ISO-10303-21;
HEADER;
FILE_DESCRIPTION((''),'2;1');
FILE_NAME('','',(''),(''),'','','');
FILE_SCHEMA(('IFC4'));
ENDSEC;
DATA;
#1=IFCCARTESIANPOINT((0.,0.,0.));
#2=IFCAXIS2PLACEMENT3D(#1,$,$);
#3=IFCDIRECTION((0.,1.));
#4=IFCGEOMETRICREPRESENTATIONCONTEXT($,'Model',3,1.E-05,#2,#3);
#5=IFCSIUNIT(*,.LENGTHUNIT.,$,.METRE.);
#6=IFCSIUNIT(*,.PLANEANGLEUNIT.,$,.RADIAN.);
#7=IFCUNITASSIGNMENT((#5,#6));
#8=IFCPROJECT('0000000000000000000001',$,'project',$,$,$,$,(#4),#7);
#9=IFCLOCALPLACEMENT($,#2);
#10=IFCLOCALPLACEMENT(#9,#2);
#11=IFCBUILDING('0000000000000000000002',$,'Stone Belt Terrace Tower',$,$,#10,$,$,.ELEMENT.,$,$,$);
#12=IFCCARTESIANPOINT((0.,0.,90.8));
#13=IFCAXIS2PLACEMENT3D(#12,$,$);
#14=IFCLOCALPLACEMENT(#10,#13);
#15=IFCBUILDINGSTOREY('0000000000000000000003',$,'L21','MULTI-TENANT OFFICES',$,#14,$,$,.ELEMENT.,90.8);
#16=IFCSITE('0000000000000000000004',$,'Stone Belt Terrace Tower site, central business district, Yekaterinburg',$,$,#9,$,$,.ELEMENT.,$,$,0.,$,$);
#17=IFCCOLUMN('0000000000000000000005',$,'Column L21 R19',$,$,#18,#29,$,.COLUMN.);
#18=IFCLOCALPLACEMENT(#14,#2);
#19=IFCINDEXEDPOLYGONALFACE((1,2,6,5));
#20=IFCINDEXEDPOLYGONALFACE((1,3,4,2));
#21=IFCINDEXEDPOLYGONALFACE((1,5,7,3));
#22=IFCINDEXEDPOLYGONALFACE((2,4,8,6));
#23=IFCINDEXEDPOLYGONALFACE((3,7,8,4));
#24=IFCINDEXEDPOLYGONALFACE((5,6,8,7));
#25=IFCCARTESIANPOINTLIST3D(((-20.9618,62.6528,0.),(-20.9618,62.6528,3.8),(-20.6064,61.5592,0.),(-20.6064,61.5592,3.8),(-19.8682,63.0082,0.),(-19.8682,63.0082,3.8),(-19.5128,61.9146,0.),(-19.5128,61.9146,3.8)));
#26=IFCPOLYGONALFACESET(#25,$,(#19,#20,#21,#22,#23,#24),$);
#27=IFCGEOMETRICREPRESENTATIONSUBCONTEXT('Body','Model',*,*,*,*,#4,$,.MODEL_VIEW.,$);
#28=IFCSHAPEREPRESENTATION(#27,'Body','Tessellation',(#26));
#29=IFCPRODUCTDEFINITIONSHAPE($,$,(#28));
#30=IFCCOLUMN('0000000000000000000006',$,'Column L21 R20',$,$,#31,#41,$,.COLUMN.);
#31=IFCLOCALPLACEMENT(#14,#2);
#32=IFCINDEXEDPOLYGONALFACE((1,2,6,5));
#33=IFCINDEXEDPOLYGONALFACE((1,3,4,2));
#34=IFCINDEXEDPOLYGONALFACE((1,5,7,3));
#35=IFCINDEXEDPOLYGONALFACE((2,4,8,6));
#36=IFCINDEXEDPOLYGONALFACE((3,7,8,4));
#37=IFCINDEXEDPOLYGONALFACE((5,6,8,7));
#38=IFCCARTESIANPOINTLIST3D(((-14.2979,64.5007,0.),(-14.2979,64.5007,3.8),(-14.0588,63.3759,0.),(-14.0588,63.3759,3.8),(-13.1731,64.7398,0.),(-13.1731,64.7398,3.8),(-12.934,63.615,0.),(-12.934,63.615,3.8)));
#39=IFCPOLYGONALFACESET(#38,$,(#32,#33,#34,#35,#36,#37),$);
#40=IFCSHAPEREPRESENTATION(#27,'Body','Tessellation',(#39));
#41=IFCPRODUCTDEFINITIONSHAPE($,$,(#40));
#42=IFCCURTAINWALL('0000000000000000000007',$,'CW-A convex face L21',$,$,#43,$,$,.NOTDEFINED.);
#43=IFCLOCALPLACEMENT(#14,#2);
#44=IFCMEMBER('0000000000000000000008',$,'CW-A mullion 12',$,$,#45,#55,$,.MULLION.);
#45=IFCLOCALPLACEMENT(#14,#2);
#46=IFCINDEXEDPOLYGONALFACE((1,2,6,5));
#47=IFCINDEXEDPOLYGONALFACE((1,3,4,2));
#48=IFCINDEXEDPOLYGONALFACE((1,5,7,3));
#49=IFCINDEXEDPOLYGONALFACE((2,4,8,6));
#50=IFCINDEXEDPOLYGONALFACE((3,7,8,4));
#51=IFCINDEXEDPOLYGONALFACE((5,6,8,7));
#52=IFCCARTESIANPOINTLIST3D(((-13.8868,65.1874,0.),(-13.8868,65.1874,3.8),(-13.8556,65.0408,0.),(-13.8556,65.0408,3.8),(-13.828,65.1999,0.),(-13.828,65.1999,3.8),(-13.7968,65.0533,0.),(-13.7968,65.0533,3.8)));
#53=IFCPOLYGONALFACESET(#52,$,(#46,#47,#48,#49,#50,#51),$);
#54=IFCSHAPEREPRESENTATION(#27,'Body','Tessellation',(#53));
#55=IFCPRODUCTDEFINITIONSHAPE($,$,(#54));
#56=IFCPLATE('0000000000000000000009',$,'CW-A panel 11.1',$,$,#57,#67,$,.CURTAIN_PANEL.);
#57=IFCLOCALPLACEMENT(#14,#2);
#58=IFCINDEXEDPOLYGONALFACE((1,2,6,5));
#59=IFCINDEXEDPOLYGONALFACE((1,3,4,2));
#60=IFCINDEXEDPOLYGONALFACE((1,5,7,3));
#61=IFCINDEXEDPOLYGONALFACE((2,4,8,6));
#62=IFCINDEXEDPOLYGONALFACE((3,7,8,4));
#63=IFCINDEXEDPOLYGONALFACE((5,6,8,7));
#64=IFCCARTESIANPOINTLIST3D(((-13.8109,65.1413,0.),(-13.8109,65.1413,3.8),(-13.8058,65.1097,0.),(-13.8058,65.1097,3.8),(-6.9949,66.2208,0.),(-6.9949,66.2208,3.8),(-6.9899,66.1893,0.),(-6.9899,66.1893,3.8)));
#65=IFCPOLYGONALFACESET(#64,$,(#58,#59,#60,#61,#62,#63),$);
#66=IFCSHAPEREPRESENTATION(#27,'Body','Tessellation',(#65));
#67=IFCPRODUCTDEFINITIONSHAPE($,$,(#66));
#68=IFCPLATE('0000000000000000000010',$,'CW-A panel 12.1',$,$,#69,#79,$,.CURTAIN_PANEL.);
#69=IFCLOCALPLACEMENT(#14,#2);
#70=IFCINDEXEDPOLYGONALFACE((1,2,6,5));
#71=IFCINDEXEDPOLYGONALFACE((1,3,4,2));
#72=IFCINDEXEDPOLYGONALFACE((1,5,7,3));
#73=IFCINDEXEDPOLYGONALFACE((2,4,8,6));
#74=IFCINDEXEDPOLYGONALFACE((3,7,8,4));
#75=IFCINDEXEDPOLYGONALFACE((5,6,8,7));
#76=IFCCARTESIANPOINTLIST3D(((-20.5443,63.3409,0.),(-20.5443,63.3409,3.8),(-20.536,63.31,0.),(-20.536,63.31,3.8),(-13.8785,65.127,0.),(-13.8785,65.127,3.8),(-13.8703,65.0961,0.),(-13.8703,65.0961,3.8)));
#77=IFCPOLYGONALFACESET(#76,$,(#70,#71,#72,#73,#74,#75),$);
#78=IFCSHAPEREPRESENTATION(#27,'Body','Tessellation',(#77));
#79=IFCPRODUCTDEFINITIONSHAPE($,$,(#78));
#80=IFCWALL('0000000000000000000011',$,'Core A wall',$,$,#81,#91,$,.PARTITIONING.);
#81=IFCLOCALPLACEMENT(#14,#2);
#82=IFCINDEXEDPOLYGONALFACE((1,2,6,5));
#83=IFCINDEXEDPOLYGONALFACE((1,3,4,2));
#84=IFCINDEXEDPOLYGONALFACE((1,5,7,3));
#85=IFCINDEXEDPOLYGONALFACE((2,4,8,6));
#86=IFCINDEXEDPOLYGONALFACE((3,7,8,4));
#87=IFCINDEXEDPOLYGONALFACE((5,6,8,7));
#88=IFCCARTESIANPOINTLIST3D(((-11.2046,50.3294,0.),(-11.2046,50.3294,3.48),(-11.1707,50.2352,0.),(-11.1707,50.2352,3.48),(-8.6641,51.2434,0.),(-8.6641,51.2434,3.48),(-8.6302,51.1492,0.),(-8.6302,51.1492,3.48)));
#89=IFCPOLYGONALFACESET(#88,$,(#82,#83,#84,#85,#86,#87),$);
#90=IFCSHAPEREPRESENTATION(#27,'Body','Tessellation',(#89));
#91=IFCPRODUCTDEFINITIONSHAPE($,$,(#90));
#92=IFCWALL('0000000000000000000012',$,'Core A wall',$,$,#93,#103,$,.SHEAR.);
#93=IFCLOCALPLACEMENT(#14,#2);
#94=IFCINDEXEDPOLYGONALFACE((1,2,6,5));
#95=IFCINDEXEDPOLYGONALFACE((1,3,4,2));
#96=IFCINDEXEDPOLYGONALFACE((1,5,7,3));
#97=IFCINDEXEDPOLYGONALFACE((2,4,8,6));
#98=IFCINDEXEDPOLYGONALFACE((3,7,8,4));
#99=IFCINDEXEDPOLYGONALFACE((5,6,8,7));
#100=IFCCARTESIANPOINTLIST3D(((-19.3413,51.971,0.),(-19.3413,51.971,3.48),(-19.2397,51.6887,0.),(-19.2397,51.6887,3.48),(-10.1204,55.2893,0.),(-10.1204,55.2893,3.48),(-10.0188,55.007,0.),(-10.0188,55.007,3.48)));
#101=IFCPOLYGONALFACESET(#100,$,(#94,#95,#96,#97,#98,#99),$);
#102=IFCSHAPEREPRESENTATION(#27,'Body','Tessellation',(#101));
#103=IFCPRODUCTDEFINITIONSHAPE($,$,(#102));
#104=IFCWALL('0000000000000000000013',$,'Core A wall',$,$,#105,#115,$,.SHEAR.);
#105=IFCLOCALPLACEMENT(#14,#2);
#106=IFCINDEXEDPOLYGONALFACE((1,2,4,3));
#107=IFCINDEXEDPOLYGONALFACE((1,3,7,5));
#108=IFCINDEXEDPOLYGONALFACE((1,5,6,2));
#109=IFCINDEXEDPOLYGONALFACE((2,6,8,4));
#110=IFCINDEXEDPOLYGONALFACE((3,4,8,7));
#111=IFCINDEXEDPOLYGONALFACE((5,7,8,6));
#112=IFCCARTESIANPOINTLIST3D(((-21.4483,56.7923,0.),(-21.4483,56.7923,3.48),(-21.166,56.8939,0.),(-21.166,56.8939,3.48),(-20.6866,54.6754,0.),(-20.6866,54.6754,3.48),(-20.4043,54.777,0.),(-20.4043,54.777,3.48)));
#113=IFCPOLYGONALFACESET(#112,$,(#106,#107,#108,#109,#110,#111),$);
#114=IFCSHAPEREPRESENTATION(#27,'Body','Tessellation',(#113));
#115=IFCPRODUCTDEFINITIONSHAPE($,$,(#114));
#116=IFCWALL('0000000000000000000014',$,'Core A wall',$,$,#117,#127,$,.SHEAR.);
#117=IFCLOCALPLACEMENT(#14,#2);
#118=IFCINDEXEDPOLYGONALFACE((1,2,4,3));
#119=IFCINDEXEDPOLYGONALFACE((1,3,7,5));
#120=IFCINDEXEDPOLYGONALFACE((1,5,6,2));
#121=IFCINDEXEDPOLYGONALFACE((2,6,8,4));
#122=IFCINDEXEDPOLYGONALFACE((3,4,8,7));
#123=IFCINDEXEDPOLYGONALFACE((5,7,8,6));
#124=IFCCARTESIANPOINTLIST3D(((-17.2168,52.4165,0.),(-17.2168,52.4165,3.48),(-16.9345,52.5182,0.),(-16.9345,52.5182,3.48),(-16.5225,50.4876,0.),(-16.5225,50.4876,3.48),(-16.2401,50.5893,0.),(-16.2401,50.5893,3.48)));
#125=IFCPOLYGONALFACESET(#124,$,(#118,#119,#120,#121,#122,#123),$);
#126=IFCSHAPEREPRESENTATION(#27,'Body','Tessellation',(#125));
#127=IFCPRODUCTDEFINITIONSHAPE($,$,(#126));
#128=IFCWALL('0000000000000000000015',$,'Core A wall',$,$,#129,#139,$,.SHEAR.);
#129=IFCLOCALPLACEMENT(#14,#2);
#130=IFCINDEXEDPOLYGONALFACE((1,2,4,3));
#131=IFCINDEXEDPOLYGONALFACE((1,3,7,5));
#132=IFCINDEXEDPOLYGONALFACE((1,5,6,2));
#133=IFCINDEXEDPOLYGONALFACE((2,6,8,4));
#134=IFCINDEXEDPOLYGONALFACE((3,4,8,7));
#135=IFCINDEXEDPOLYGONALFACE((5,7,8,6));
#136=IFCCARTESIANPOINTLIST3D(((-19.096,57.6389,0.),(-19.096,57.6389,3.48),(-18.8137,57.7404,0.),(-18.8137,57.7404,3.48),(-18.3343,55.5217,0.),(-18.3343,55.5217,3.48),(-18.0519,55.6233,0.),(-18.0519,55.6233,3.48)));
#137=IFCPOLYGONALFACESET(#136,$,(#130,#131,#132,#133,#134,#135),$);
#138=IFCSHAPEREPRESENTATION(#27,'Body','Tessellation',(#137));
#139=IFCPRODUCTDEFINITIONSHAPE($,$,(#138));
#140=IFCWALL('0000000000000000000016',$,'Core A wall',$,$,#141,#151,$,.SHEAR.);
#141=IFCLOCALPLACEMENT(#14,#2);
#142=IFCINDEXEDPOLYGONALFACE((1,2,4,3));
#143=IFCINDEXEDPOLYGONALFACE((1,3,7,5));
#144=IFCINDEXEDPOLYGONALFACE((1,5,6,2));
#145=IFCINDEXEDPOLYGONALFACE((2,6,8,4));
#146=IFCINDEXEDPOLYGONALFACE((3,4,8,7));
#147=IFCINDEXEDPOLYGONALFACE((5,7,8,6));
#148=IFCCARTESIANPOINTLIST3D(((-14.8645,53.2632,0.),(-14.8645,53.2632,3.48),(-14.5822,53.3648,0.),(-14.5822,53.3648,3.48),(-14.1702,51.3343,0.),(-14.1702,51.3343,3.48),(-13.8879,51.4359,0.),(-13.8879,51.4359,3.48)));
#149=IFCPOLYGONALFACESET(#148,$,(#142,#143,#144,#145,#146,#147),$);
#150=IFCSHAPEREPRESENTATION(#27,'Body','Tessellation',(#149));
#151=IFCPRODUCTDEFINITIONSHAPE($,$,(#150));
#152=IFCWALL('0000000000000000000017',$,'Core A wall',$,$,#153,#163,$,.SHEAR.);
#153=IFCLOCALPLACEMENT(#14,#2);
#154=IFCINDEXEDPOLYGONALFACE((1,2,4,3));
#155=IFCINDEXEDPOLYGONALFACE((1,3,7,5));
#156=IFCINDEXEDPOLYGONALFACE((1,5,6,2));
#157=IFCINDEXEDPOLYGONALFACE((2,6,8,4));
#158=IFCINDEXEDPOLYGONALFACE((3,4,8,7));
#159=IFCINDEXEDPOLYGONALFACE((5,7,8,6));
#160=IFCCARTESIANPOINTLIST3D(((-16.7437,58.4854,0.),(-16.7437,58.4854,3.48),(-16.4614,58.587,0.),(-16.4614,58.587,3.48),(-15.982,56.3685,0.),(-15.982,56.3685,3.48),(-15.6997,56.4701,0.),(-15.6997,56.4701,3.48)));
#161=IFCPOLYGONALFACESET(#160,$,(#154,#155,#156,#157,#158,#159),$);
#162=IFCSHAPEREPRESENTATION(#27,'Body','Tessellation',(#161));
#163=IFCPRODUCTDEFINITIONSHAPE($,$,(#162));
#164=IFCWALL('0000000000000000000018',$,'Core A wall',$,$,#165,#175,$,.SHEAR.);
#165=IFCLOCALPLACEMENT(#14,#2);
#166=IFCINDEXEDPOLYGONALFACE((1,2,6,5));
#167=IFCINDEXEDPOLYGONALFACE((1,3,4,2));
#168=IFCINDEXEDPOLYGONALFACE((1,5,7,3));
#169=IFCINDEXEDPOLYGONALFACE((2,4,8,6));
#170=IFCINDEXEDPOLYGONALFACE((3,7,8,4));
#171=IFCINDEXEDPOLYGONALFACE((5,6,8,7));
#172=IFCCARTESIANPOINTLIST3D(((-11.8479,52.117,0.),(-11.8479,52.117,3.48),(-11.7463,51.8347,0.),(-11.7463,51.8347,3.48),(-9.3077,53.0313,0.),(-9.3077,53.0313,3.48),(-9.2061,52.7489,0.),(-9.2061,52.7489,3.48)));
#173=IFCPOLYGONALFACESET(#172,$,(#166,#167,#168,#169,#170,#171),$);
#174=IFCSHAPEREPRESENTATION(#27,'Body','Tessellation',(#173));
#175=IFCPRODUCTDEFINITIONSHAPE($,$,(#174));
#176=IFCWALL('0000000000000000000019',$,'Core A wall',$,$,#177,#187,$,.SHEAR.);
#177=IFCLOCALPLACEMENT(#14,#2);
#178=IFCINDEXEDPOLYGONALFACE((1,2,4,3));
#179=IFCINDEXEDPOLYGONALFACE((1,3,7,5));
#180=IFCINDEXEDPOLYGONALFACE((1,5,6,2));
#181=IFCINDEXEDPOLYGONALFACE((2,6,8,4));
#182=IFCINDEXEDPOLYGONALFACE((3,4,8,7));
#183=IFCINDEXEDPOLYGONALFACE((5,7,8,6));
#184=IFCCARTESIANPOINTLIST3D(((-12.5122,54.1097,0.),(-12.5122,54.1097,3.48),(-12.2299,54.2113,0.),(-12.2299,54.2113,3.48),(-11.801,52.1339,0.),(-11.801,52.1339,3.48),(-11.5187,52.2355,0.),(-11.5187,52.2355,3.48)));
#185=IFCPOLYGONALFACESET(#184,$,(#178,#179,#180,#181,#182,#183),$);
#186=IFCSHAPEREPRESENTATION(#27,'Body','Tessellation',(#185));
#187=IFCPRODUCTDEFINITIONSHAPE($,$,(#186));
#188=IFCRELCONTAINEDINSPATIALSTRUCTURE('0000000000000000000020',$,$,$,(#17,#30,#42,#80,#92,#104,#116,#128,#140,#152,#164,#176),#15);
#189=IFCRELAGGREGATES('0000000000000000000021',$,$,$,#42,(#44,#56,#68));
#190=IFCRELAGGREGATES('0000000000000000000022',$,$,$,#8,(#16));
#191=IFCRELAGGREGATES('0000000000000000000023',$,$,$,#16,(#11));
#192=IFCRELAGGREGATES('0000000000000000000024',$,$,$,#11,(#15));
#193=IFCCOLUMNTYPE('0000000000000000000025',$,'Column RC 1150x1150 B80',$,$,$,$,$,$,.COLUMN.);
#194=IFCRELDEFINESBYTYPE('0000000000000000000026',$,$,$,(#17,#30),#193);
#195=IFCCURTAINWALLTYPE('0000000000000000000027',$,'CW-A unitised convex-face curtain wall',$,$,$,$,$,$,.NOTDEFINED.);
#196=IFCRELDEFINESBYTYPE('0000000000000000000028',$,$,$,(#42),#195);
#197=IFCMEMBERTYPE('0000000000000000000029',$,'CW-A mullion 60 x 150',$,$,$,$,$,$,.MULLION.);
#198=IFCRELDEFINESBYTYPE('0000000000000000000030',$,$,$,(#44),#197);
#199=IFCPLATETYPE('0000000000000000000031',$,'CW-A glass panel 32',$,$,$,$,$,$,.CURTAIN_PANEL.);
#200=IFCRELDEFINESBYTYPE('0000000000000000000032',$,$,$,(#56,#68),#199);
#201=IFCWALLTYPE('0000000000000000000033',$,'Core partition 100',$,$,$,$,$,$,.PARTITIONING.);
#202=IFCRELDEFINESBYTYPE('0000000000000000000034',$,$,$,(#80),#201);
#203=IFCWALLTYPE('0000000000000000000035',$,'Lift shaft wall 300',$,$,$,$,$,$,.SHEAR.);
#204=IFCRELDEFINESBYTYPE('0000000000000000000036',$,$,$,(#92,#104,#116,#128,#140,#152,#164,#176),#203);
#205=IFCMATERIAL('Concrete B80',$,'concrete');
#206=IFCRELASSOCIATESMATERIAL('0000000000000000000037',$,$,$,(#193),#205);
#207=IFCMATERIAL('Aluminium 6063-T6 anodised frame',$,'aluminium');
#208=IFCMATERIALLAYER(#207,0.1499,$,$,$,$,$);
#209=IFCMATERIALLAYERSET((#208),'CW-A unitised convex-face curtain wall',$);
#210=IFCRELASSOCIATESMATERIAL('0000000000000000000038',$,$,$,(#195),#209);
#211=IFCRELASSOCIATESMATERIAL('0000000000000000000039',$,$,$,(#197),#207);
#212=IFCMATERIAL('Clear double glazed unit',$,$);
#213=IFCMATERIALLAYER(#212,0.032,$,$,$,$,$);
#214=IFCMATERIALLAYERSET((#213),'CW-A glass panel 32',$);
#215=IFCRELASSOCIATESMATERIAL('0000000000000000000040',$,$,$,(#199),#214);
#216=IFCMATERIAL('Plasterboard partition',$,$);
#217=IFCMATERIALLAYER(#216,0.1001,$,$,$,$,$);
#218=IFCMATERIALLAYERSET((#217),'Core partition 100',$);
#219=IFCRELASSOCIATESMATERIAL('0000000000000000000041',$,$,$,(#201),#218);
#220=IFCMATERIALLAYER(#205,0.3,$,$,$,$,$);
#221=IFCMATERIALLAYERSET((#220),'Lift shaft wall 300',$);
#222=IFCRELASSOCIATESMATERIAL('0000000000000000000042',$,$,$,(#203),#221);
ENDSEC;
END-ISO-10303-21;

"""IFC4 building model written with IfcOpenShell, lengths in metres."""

from ifc_helpers import new_model, si_unit, direction, frame, frame_2d, origin, origin_2d, place, context, subcontext, project, spatial, rectangle, extrude, material, layer, layer_set, material_profile, profile_set, type_object, element, aggregate, save


model = new_model("IFC4")

# Units and contexts
model_context = context("Model", 3, precision=1e-05, world=origin(), true_north=direction((0.0, 1.0)))
body_context = subcontext(model_context, "Body", "Model", "MODEL_VIEW")
ifc_project = project(units=[si_unit("LENGTHUNIT", "METRE"), si_unit("PLANEANGLEUNIT", "RADIAN")], contexts=[model_context])

# Site, building, storey
site_placement = place(None, origin())
site = spatial("IfcSite", under=ifc_project, at=site_placement, Name="Stone Belt Terrace Tower site, central business district, Yekaterinburg", CompositionType="ELEMENT", RefElevation=0.0)
building_placement = place(site_placement, origin())
building = spatial("IfcBuilding", under=site, at=building_placement, Name="Stone Belt Terrace Tower", CompositionType="ELEMENT")
storey_placement = place(building_placement, frame((0.0, 0.0, 90.8)))
storey = spatial("IfcBuildingStorey", under=building, at=storey_placement, Name="L21", Description="MULTI-TENANT OFFICES", CompositionType="ELEMENT", Elevation=90.8)

# Columns
ifc_material_1 = material(Name="Concrete B80", Category="concrete")
ifc_material_profile_1 = material_profile(ifc_material_1, rectangle(XDim=1.1499, YDim=1.1499, at=origin_2d()), Name="RC 1150x1150")
ifc_profile_set_1 = profile_set([ifc_material_profile_1], Name="Concrete B80")
column_type = type_object("IfcColumnType", Name="Column RC 1150x1150 B80", PredefinedType="COLUMN", material=ifc_profile_set_1)
for number, where, z_axis, x_axis, name in (
    (1, (-20.2373, 62.2837, 0.0), (0.0, 0.0, 1.0), (0.951057, 0.309017, 0.0), "Column L21 R19"),
    (2, (-13.616, 64.0579, 0.0), (0.0, 0.0, 1.0), (0.978148, 0.207912, 0.0), "Column L21 R20"),
):
    element("IfcColumn", number, at=place(storey_placement, frame(where, z_axis=z_axis, x_axis=x_axis)), inside=storey, type_object=column_type, Name=name, PredefinedType="COLUMN", context=body_context, shape_type="SweptSolid", body=[
        extrude(rectangle(XDim=1.1499, YDim=1.1499, at=origin_2d()), origin(), (0.0, 0.0, 1.0), 3.8),
    ])

# Curtain wall, member, plates
ifc_material_2 = material(Name="Aluminium 6063-T6 anodised frame", Category="aluminium")
ifc_layer_1 = layer(ifc_material_2, 0.1499)
ifc_layer_set_1 = layer_set([ifc_layer_1], Name="CW-A unitised convex-face curtain wall")
curtain_wall_type = type_object("IfcCurtainWallType", Name="CW-A unitised convex-face curtain wall", PredefinedType="NOTDEFINED", material=ifc_layer_set_1)
curtain_wall_placement = place(storey_placement, origin())
curtain_wall = element("IfcCurtainWall", 3, at=curtain_wall_placement, inside=storey, type_object=curtain_wall_type, Name="CW-A convex face L21", PredefinedType="NOTDEFINED")
ifc_material_profile_2 = material_profile(ifc_material_2, rectangle(XDim=0.1499, YDim=0.0601, at=origin_2d()), Name="Aluminium 6063-T6 60x150")
ifc_profile_set_2 = profile_set([ifc_material_profile_2], Name="Aluminium 6063-T6 anodised frame")
member_type = type_object("IfcMemberType", Name="CW-A mullion 60 x 150", PredefinedType="MULLION", material=ifc_profile_set_2)
member_placement = place(storey_placement, frame((-13.8418, 65.1204, 0.0), z_axis=(0.0, 0.0, 1.0), x_axis=(0.207912, -0.978148, 0.0)))
member = element("IfcMember", 4, at=member_placement, type_object=member_type, Name="CW-A mullion 12", PredefinedType="MULLION", context=body_context, shape_type="SweptSolid", body=[
    extrude(rectangle(XDim=0.1499, YDim=0.0601, at=origin_2d()), origin(), (0.0, 0.0, 1.0), 3.8),
])
ifc_material_3 = material(Name="Clear double glazed unit")
ifc_layer_2 = layer(ifc_material_3, 0.032)
ifc_layer_set_2 = layer_set([ifc_layer_2], Name="CW-A glass panel 32")
plate_type = type_object("IfcPlateType", Name="CW-A glass panel 32", PredefinedType="CURTAIN_PANEL", material=ifc_layer_set_2)
plate_1_placement = place(storey_placement, frame((-10.4004, 65.6653, 0.0), z_axis=(0.0, 0.0, 1.0), x_axis=(-0.987688, -0.156434, 0.0)))
plate_1 = element("IfcPlate", 5, at=plate_1_placement, type_object=plate_type, Name="CW-A panel 11.1", PredefinedType="CURTAIN_PANEL", context=body_context, shape_type="SweptSolid", body=[
    extrude(rectangle(XDim=6.9009, YDim=0.032, at=origin_2d()), origin(), (0.0, 0.0, 1.0), 3.8),
])
plate_2_placement = place(storey_placement, frame((-17.2073, 64.2185, 0.0), z_axis=(0.0, 0.0, 1.0), x_axis=(-0.965926, -0.258819, 0.0)))
plate_2 = element("IfcPlate", 6, at=plate_2_placement, type_object=plate_type, Name="CW-A panel 12.1", PredefinedType="CURTAIN_PANEL", context=body_context, shape_type="SweptSolid", body=[
    extrude(rectangle(XDim=6.9009, YDim=0.032, at=origin_2d()), origin(), (0.0, 0.0, 1.0), 3.8),
])
aggregate(curtain_wall, [member, plate_1, plate_2])

# Walls
ifc_material_4 = material(Name="Plasterboard partition")
ifc_layer_3 = layer(ifc_material_4, 0.1001)
ifc_layer_set_3 = layer_set([ifc_layer_3], Name="Core partition 100")
wall_type_1 = type_object("IfcWallType", Name="Core partition 100", PredefinedType="PARTITIONING", material=ifc_layer_set_3)
wall_1_placement = place(storey_placement, frame((-11.1877, 50.2822, 0.0), z_axis=(0.0, 0.0, 1.0), x_axis=(0.94095, 0.338547, 0.0)))
element("IfcWall", 7, at=wall_1_placement, inside=storey, type_object=wall_type_1, Name="Core A wall", PredefinedType="PARTITIONING", context=body_context, shape_type="SweptSolid", body=[
    extrude(rectangle(XDim=2.7, YDim=0.1001, at=frame_2d((1.3501, 0.0))), origin(), (0.0, 0.0, 1.0), 3.48),
])
ifc_layer_4 = layer(ifc_material_1, 0.3)
ifc_layer_set_4 = layer_set([ifc_layer_4], Name="Lift shaft wall 300")
wall_type_2 = type_object("IfcWallType", Name="Lift shaft wall 300", PredefinedType="SHEAR", material=ifc_layer_set_4)
wall_2_placement = place(storey_placement, frame((-19.2905, 51.8298, 0.0), z_axis=(0.0, 0.0, 1.0), x_axis=(0.940926, 0.338613, 0.0)))
element("IfcWall", 8, at=wall_2_placement, inside=storey, type_object=wall_type_2, Name="Core A wall", PredefinedType="SHEAR", context=body_context, shape_type="SweptSolid", body=[
    extrude(rectangle(XDim=9.7998, YDim=0.3, at=frame_2d((4.8999, 0.0))), origin(), (0.0, 0.0, 1.0), 3.48),
])
wall_3_placement = place(storey_placement, frame((-20.5454, 54.7261, 0.0), z_axis=(0.0, 0.0, 1.0), x_axis=(-0.33857, 0.940941, 0.0)))
element("IfcWall", 9, at=wall_3_placement, inside=storey, type_object=wall_type_2, Name="Core A wall", PredefinedType="SHEAR", context=body_context, shape_type="SweptSolid", body=[
    extrude(rectangle(XDim=2.2498, YDim=0.3, at=frame_2d((1.125, 0.0))), origin(), (0.0, 0.0, 1.0), 3.48),
])
wall_4_placement = place(storey_placement, frame((-16.3813, 50.5386, 0.0), z_axis=(0.0, 0.0, 1.0), x_axis=(-0.338682, 0.940901, 0.0)))
element("IfcWall", 10, at=wall_4_placement, inside=storey, type_object=wall_type_2, Name="Core A wall", PredefinedType="SHEAR", context=body_context, shape_type="SweptSolid", body=[
    extrude(rectangle(XDim=2.05, YDim=0.3, at=frame_2d((1.0249, 0.0))), origin(), (0.0, 0.0, 1.0), 3.48),
])
wall_5_placement = place(storey_placement, frame((-18.1931, 55.5725, 0.0), z_axis=(0.0, 0.0, 1.0), x_axis=(-0.338535, 0.940954, 0.0)))
element("IfcWall", 11, at=wall_5_placement, inside=storey, type_object=wall_type_2, Name="Core A wall", PredefinedType="SHEAR", context=body_context, shape_type="SweptSolid", body=[
    extrude(rectangle(XDim=2.25, YDim=0.3, at=frame_2d((1.125, 0.0))), origin(), (0.0, 0.0, 1.0), 3.48),
])
wall_6_placement = place(storey_placement, frame((-14.0291, 51.3853, 0.0), z_axis=(0.0, 0.0, 1.0), x_axis=(-0.338682, 0.940901, 0.0)))
element("IfcWall", 12, at=wall_6_placement, inside=storey, type_object=wall_type_2, Name="Core A wall", PredefinedType="SHEAR", context=body_context, shape_type="SweptSolid", body=[
    extrude(rectangle(XDim=2.05, YDim=0.3, at=frame_2d((1.0249, 0.0))), origin(), (0.0, 0.0, 1.0), 3.48),
])
wall_7_placement = place(storey_placement, frame((-15.8408, 56.4192, 0.0), z_axis=(0.0, 0.0, 1.0), x_axis=(-0.33857, 0.940941, 0.0)))
element("IfcWall", 13, at=wall_7_placement, inside=storey, type_object=wall_type_2, Name="Core A wall", PredefinedType="SHEAR", context=body_context, shape_type="SweptSolid", body=[
    extrude(rectangle(XDim=2.2498, YDim=0.3, at=frame_2d((1.125, 0.0))), origin(), (0.0, 0.0, 1.0), 3.48),
])
wall_8_placement = place(storey_placement, frame((-11.7971, 51.9758, 0.0), z_axis=(0.0, 0.0, 1.0), x_axis=(0.94091, 0.338655, 0.0)))
element("IfcWall", 14, at=wall_8_placement, inside=storey, type_object=wall_type_2, Name="Core A wall", PredefinedType="SHEAR", context=body_context, shape_type="SweptSolid", body=[
    extrude(rectangle(XDim=2.6997, YDim=0.3, at=frame_2d((1.3499, 0.0))), origin(), (0.0, 0.0, 1.0), 3.48),
])
wall_9_placement = place(storey_placement, frame((-11.6599, 52.1848, 0.0), z_axis=(0.0, 0.0, 1.0), x_axis=(-0.33867, 0.940905, 0.0)))
element("IfcWall", 15, at=wall_9_placement, inside=storey, type_object=wall_type_2, Name="Core A wall", PredefinedType="SHEAR", context=body_context, shape_type="SweptSolid", body=[
    extrude(rectangle(XDim=2.0999, YDim=0.3, at=frame_2d((1.0498, 0.0))), origin(), (0.0, 0.0, 1.0), 3.48),
])

save(model, "model.ifc")
